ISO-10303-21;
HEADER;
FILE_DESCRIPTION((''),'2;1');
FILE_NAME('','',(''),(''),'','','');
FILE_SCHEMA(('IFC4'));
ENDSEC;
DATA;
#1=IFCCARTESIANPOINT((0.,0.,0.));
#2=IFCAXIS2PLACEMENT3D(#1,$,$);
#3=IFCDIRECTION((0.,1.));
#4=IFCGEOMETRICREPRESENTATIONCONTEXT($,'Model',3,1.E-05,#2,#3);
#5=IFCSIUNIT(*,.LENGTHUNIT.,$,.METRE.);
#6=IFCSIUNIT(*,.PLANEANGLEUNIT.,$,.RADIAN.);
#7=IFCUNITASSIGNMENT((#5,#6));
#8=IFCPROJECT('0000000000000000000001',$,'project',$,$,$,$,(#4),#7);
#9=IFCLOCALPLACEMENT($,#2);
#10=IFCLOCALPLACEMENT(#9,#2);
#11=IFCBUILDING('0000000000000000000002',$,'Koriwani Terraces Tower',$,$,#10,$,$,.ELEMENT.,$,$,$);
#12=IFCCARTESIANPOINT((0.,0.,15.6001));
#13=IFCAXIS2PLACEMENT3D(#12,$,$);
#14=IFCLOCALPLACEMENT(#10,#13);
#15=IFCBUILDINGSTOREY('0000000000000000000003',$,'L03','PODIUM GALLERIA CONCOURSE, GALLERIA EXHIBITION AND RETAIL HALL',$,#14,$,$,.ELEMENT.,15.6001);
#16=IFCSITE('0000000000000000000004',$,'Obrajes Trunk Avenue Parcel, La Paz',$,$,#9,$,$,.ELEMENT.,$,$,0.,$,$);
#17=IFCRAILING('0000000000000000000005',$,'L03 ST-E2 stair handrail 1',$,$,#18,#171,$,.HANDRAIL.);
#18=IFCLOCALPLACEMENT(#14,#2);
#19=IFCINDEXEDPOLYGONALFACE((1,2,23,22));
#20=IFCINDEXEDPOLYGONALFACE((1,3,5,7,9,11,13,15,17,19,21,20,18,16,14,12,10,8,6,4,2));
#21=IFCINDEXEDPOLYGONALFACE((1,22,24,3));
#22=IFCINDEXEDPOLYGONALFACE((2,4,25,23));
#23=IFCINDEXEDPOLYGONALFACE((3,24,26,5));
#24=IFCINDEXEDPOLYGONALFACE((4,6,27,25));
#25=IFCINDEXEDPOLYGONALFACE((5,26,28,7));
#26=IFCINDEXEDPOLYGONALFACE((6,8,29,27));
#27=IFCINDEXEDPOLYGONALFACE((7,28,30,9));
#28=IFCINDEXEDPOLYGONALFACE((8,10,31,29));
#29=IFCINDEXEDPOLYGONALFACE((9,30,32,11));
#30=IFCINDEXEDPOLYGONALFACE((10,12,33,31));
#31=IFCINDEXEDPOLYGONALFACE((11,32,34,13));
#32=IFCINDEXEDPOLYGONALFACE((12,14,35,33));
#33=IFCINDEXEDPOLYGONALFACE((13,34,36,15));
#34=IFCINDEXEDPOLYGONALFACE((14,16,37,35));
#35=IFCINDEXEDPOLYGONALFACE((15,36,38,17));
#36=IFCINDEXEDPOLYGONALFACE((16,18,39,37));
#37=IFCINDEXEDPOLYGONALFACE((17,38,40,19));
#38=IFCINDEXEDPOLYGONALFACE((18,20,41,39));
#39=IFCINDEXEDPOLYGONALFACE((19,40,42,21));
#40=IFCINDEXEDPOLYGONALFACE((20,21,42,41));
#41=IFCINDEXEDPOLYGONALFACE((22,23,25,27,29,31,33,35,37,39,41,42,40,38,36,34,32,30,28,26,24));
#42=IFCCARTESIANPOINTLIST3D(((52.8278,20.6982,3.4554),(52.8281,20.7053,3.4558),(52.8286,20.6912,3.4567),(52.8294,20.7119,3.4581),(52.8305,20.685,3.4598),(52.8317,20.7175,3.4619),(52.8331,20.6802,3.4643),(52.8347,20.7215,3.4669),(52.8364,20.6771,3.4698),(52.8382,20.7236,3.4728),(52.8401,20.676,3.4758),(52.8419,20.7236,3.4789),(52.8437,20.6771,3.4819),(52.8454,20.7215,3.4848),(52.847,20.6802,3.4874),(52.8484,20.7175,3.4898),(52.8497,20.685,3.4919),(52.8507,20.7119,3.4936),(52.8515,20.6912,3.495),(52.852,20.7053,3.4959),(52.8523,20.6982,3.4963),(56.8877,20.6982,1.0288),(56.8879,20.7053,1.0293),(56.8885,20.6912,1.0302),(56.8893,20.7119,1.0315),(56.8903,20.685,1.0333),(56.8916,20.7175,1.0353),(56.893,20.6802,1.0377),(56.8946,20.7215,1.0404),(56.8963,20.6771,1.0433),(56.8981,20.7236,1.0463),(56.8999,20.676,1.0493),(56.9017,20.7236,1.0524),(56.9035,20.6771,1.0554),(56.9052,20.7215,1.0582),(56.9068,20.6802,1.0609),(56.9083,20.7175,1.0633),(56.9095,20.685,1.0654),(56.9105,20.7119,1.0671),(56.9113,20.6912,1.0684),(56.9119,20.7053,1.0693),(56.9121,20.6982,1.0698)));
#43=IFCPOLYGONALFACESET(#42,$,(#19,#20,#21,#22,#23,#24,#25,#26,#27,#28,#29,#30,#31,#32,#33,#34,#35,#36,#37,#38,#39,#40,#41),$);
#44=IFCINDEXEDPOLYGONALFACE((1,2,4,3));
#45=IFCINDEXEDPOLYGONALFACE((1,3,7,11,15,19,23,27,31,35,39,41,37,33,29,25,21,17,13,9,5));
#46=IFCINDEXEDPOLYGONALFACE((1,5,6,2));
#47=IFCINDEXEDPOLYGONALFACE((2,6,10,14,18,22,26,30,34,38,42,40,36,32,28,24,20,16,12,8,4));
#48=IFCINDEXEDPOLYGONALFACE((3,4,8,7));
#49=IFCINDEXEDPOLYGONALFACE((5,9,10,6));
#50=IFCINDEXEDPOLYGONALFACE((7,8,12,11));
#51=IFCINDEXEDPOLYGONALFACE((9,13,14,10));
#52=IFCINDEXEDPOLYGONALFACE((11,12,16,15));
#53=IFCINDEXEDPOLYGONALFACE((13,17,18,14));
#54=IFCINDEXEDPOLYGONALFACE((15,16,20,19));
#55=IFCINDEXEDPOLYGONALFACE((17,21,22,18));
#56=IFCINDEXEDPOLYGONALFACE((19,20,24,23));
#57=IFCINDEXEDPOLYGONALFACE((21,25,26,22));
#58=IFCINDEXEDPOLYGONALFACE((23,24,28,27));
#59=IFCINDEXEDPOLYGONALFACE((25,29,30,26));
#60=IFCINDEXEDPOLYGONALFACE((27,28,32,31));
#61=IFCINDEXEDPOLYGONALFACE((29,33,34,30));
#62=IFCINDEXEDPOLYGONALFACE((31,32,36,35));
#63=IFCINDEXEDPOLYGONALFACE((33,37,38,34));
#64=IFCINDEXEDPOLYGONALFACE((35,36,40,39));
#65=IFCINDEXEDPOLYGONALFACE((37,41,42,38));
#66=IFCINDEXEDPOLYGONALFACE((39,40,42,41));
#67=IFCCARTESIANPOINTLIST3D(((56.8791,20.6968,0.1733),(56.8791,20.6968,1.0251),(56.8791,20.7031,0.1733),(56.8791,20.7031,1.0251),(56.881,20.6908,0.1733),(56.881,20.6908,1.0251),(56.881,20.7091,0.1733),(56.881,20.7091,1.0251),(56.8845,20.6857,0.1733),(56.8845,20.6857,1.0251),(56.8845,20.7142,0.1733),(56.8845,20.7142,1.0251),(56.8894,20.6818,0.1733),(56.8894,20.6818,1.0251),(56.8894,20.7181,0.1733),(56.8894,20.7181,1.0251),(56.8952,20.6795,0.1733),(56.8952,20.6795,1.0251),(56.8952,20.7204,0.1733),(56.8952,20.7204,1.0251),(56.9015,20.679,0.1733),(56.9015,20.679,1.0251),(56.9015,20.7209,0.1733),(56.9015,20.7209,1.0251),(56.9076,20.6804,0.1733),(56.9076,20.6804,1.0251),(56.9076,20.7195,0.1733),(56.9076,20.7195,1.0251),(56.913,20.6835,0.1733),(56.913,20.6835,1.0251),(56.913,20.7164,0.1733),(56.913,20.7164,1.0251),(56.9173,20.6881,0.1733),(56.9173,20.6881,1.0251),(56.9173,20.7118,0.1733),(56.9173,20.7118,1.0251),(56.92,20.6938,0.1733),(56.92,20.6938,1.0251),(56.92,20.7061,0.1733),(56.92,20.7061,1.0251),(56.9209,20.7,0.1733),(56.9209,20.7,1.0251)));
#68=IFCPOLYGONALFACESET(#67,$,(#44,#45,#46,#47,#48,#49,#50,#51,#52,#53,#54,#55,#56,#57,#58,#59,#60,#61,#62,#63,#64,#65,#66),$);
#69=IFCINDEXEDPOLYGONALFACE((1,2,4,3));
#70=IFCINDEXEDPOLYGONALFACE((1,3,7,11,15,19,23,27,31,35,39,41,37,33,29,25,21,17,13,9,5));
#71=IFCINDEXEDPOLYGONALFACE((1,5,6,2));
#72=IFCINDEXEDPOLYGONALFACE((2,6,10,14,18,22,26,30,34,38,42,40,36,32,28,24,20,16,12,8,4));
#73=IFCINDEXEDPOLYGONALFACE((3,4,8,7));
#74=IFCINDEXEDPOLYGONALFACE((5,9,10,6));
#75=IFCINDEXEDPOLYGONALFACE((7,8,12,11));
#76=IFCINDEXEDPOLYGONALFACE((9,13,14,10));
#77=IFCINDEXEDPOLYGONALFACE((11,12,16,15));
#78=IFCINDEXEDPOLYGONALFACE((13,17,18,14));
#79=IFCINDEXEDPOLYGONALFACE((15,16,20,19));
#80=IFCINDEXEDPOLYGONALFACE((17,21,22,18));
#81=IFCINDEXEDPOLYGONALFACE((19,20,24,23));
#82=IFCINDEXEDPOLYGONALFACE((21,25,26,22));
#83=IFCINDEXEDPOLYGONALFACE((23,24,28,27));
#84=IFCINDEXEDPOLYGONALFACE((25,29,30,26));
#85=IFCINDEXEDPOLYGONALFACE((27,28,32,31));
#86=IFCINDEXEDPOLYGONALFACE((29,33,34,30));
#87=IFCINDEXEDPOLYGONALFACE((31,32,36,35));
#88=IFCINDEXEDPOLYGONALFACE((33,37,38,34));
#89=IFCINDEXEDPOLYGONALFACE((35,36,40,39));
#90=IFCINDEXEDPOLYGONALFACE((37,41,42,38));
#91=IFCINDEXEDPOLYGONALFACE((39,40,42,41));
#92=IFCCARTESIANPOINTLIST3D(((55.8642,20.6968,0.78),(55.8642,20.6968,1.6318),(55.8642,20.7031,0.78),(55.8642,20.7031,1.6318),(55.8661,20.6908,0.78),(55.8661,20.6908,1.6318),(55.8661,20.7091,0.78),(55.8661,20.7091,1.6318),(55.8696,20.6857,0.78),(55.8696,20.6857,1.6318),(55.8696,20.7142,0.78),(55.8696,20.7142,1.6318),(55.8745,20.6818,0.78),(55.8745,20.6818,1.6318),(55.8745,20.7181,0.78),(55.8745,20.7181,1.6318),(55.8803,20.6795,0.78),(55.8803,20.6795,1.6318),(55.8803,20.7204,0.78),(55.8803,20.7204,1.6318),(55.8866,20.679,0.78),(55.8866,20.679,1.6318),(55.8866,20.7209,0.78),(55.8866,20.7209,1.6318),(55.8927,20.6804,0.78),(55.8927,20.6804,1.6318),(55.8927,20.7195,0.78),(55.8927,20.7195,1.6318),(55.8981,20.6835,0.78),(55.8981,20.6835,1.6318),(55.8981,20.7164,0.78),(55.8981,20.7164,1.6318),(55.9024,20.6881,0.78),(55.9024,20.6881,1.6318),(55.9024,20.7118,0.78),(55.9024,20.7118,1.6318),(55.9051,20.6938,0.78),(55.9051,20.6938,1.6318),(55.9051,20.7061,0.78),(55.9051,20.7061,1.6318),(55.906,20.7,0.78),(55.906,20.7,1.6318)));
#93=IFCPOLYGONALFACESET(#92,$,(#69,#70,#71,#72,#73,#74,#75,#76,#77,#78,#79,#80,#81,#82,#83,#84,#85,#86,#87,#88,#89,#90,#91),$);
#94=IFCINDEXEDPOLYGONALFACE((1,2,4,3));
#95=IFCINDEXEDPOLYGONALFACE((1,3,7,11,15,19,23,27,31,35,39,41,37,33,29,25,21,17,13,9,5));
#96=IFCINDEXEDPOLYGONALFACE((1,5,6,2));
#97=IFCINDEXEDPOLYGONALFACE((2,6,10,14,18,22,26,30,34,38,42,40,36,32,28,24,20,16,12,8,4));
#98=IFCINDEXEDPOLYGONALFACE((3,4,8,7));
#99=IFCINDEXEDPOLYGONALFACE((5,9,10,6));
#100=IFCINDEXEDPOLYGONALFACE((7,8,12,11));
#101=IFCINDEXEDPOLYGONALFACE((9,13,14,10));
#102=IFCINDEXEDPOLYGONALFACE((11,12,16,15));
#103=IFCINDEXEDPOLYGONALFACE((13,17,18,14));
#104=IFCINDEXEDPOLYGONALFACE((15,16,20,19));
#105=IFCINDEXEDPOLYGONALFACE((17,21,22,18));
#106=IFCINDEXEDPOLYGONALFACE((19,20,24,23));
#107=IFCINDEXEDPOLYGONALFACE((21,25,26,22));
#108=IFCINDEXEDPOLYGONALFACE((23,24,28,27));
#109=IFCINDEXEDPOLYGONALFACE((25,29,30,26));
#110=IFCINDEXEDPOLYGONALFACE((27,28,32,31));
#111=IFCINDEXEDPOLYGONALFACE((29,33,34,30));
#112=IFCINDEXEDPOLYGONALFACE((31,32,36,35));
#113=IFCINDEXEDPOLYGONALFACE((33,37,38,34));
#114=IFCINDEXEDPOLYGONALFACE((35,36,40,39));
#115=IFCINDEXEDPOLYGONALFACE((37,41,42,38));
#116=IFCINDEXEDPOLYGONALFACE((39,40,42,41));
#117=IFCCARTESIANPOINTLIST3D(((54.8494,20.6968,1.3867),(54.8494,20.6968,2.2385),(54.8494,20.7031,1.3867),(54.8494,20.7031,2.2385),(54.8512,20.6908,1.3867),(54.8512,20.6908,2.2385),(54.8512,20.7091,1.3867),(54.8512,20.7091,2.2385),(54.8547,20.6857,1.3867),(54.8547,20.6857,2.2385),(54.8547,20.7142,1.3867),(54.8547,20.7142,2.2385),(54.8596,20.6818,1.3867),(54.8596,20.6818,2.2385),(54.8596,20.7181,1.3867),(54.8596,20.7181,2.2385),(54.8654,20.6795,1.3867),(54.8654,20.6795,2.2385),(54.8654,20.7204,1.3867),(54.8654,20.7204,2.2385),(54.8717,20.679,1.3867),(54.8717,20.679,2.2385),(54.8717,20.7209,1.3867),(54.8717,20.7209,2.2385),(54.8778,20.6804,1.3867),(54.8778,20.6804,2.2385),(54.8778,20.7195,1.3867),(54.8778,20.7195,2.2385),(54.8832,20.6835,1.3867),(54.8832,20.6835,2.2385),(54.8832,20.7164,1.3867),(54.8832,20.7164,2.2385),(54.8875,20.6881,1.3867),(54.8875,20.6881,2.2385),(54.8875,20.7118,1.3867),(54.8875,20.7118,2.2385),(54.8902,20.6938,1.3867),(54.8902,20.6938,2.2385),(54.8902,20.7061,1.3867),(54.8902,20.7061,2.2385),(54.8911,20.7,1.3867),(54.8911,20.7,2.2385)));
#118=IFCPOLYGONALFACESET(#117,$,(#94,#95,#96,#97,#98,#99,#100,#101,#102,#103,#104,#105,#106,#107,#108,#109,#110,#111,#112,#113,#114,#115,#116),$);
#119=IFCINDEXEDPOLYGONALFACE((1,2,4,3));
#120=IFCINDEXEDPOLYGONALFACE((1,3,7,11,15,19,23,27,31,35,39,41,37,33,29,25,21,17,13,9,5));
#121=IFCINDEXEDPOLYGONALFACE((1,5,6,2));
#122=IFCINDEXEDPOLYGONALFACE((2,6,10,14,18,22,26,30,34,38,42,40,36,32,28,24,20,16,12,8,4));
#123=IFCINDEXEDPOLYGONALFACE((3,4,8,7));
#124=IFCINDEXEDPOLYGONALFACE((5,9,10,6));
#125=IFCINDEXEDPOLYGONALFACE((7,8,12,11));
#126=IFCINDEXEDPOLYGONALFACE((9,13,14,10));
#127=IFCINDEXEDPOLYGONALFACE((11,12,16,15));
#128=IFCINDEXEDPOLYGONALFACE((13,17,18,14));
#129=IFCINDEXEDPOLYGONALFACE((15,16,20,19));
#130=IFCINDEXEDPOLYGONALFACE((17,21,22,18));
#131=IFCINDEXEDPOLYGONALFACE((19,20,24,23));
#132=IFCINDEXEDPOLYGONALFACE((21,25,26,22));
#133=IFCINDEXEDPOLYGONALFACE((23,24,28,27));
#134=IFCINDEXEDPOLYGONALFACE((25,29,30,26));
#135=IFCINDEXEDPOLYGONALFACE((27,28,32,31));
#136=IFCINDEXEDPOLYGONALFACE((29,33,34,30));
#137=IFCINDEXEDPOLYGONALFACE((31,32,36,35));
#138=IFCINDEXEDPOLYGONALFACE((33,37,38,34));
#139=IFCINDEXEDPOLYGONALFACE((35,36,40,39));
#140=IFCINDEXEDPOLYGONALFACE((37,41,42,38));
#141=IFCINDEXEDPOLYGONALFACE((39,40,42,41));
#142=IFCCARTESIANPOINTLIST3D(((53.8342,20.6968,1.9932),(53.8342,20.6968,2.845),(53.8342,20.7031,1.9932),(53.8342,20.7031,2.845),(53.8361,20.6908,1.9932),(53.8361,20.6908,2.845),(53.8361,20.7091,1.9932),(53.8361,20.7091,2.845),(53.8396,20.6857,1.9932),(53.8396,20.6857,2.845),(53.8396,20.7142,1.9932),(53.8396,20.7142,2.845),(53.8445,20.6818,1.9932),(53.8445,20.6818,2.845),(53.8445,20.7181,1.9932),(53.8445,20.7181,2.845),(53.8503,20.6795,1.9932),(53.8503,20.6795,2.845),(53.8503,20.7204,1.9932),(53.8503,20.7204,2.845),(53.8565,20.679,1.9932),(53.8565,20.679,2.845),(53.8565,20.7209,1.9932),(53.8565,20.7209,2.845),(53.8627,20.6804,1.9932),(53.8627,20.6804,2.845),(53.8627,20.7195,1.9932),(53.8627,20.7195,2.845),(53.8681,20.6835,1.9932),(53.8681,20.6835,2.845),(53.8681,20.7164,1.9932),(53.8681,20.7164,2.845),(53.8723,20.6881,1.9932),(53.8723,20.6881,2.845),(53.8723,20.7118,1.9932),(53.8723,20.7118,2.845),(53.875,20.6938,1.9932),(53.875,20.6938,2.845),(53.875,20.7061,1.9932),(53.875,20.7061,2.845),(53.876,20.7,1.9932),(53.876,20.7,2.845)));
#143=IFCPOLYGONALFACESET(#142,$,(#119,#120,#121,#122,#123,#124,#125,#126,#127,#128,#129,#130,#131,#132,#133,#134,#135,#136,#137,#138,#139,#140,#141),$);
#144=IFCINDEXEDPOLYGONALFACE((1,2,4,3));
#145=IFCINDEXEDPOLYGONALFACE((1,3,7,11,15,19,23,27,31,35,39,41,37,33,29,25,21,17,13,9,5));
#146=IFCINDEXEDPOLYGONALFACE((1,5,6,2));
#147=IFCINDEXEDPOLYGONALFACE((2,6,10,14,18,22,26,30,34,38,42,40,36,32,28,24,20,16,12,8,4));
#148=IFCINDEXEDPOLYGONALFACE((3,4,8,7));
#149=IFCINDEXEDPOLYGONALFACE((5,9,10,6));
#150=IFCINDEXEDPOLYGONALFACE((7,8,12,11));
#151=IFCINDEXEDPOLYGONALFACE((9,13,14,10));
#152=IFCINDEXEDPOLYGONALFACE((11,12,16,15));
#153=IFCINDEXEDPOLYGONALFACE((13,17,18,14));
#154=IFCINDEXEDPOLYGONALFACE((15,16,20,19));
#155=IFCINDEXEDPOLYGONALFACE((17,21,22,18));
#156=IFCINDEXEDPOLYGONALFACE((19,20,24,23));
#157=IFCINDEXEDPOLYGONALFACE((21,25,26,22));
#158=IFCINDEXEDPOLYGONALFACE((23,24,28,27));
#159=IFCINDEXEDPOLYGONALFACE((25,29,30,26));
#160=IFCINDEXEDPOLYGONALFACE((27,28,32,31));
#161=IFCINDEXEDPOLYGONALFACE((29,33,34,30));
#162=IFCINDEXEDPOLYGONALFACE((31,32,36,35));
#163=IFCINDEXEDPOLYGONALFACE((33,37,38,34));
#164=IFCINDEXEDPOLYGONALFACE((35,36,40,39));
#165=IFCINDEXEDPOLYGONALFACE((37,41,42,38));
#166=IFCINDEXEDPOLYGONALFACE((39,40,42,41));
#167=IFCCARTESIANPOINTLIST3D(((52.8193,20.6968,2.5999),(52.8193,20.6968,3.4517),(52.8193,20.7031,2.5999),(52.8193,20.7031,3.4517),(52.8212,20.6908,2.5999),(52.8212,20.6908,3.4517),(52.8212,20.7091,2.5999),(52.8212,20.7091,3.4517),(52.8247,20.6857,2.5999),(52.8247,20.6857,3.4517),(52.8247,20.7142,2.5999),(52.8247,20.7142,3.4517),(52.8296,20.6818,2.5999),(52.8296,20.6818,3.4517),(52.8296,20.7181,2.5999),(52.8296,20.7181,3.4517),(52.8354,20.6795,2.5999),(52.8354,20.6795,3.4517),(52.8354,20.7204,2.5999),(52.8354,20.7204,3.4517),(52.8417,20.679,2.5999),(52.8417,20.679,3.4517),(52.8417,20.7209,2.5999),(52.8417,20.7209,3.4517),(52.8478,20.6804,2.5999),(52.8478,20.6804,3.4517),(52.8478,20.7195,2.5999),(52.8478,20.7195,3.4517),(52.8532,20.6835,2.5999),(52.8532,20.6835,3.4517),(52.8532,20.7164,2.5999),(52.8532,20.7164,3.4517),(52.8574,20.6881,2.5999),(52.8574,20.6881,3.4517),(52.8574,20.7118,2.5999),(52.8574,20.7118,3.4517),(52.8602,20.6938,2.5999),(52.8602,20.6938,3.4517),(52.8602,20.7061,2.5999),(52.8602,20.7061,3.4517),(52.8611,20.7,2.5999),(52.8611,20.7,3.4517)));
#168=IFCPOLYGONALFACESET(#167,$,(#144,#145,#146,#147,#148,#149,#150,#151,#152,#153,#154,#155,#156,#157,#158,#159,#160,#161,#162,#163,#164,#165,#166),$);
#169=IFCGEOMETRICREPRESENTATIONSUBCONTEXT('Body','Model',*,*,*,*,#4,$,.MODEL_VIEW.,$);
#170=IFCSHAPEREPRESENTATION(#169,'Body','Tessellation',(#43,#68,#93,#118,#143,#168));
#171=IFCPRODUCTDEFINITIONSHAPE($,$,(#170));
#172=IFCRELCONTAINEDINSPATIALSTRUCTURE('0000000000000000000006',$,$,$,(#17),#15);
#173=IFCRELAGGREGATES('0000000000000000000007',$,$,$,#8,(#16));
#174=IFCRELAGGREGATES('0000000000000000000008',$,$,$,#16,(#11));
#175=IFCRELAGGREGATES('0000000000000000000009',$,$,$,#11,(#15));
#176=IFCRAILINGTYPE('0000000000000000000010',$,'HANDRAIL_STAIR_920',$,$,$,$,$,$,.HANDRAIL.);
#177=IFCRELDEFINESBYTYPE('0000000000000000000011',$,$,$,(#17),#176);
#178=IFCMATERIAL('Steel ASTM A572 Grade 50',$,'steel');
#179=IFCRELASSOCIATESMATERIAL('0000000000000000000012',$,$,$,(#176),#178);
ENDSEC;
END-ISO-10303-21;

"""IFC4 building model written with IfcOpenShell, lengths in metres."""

from ifc_helpers import new_model, si_unit, direction, frame, origin, origin_2d, place, context, subcontext, project, spatial, circle, extrude, material, type_object, element, save


model = new_model("IFC4")

# Units and contexts
model_context = context("Model", 3, precision=1e-05, world=origin(), true_north=direction((0.0, 1.0)))
body_context = subcontext(model_context, "Body", "Model", "MODEL_VIEW")
ifc_project = project(units=[si_unit("LENGTHUNIT", "METRE"), si_unit("PLANEANGLEUNIT", "RADIAN")], contexts=[model_context])

# Site, building, storey
site_placement = place(None, origin())
site = spatial("IfcSite", under=ifc_project, at=site_placement, Name="Obrajes Trunk Avenue Parcel, La Paz", CompositionType="ELEMENT", RefElevation=0.0)
building_placement = place(site_placement, origin())
building = spatial("IfcBuilding", under=site, at=building_placement, Name="Koriwani Terraces Tower", CompositionType="ELEMENT")
storey_placement = place(building_placement, frame((0.0, 0.0, 15.6001)))
storey = spatial("IfcBuildingStorey", under=building, at=storey_placement, Name="L03", Description="PODIUM GALLERIA CONCOURSE, GALLERIA EXHIBITION AND RETAIL HALL", CompositionType="ELEMENT", Elevation=15.6001)

# Shared definitions
ifc_material_1 = material(Name="Steel ASTM A572 Grade 50", Category="steel")

# Railing
railing_type_1 = type_object("IfcRailingType", Name="HANDRAIL_STAIR_920", PredefinedType="HANDRAIL", material=ifc_material_1)
railing_1_placement = place(storey_placement, frame((56.8999, 20.7, 0.1733)))
element("IfcRailing", 1, at=railing_1_placement, inside=storey, type_object=railing_type_1, Name="L03 ST-E2 stair handrail 1", PredefinedType="HANDRAIL", context=body_context, shape_type="SweptSolid", body=[
    extrude(circle(Radius=0.0239, at=origin_2d()), frame((0.0, 0.0, 0.876), z_axis=(-0.858366, 0.0, 0.513038), x_axis=(0.0, -1.0, 0.0)), (0.0, 0.0, 1.0), 4.7297),
    extrude(circle(Radius=0.021, at=origin_2d()), origin(), (0.0, 0.0, 1.0), 0.8518),
    extrude(circle(Radius=0.021, at=origin_2d()), frame((-1.0149, 0.0, 0.6067)), (0.0, 0.0, 1.0), 0.8518),
    extrude(circle(Radius=0.021, at=origin_2d()), frame((-2.0298, 0.0, 1.2134)), (0.0, 0.0, 1.0), 0.8518),
    extrude(circle(Radius=0.021, at=origin_2d()), frame((-3.0449, 0.0, 1.8198)), (0.0, 0.0, 1.0), 0.8518),
    extrude(circle(Radius=0.021, at=origin_2d()), frame((-4.0598, 0.0, 2.4265)), (0.0, 0.0, 1.0), 0.8518),
])

save(model, "model.ifc")
